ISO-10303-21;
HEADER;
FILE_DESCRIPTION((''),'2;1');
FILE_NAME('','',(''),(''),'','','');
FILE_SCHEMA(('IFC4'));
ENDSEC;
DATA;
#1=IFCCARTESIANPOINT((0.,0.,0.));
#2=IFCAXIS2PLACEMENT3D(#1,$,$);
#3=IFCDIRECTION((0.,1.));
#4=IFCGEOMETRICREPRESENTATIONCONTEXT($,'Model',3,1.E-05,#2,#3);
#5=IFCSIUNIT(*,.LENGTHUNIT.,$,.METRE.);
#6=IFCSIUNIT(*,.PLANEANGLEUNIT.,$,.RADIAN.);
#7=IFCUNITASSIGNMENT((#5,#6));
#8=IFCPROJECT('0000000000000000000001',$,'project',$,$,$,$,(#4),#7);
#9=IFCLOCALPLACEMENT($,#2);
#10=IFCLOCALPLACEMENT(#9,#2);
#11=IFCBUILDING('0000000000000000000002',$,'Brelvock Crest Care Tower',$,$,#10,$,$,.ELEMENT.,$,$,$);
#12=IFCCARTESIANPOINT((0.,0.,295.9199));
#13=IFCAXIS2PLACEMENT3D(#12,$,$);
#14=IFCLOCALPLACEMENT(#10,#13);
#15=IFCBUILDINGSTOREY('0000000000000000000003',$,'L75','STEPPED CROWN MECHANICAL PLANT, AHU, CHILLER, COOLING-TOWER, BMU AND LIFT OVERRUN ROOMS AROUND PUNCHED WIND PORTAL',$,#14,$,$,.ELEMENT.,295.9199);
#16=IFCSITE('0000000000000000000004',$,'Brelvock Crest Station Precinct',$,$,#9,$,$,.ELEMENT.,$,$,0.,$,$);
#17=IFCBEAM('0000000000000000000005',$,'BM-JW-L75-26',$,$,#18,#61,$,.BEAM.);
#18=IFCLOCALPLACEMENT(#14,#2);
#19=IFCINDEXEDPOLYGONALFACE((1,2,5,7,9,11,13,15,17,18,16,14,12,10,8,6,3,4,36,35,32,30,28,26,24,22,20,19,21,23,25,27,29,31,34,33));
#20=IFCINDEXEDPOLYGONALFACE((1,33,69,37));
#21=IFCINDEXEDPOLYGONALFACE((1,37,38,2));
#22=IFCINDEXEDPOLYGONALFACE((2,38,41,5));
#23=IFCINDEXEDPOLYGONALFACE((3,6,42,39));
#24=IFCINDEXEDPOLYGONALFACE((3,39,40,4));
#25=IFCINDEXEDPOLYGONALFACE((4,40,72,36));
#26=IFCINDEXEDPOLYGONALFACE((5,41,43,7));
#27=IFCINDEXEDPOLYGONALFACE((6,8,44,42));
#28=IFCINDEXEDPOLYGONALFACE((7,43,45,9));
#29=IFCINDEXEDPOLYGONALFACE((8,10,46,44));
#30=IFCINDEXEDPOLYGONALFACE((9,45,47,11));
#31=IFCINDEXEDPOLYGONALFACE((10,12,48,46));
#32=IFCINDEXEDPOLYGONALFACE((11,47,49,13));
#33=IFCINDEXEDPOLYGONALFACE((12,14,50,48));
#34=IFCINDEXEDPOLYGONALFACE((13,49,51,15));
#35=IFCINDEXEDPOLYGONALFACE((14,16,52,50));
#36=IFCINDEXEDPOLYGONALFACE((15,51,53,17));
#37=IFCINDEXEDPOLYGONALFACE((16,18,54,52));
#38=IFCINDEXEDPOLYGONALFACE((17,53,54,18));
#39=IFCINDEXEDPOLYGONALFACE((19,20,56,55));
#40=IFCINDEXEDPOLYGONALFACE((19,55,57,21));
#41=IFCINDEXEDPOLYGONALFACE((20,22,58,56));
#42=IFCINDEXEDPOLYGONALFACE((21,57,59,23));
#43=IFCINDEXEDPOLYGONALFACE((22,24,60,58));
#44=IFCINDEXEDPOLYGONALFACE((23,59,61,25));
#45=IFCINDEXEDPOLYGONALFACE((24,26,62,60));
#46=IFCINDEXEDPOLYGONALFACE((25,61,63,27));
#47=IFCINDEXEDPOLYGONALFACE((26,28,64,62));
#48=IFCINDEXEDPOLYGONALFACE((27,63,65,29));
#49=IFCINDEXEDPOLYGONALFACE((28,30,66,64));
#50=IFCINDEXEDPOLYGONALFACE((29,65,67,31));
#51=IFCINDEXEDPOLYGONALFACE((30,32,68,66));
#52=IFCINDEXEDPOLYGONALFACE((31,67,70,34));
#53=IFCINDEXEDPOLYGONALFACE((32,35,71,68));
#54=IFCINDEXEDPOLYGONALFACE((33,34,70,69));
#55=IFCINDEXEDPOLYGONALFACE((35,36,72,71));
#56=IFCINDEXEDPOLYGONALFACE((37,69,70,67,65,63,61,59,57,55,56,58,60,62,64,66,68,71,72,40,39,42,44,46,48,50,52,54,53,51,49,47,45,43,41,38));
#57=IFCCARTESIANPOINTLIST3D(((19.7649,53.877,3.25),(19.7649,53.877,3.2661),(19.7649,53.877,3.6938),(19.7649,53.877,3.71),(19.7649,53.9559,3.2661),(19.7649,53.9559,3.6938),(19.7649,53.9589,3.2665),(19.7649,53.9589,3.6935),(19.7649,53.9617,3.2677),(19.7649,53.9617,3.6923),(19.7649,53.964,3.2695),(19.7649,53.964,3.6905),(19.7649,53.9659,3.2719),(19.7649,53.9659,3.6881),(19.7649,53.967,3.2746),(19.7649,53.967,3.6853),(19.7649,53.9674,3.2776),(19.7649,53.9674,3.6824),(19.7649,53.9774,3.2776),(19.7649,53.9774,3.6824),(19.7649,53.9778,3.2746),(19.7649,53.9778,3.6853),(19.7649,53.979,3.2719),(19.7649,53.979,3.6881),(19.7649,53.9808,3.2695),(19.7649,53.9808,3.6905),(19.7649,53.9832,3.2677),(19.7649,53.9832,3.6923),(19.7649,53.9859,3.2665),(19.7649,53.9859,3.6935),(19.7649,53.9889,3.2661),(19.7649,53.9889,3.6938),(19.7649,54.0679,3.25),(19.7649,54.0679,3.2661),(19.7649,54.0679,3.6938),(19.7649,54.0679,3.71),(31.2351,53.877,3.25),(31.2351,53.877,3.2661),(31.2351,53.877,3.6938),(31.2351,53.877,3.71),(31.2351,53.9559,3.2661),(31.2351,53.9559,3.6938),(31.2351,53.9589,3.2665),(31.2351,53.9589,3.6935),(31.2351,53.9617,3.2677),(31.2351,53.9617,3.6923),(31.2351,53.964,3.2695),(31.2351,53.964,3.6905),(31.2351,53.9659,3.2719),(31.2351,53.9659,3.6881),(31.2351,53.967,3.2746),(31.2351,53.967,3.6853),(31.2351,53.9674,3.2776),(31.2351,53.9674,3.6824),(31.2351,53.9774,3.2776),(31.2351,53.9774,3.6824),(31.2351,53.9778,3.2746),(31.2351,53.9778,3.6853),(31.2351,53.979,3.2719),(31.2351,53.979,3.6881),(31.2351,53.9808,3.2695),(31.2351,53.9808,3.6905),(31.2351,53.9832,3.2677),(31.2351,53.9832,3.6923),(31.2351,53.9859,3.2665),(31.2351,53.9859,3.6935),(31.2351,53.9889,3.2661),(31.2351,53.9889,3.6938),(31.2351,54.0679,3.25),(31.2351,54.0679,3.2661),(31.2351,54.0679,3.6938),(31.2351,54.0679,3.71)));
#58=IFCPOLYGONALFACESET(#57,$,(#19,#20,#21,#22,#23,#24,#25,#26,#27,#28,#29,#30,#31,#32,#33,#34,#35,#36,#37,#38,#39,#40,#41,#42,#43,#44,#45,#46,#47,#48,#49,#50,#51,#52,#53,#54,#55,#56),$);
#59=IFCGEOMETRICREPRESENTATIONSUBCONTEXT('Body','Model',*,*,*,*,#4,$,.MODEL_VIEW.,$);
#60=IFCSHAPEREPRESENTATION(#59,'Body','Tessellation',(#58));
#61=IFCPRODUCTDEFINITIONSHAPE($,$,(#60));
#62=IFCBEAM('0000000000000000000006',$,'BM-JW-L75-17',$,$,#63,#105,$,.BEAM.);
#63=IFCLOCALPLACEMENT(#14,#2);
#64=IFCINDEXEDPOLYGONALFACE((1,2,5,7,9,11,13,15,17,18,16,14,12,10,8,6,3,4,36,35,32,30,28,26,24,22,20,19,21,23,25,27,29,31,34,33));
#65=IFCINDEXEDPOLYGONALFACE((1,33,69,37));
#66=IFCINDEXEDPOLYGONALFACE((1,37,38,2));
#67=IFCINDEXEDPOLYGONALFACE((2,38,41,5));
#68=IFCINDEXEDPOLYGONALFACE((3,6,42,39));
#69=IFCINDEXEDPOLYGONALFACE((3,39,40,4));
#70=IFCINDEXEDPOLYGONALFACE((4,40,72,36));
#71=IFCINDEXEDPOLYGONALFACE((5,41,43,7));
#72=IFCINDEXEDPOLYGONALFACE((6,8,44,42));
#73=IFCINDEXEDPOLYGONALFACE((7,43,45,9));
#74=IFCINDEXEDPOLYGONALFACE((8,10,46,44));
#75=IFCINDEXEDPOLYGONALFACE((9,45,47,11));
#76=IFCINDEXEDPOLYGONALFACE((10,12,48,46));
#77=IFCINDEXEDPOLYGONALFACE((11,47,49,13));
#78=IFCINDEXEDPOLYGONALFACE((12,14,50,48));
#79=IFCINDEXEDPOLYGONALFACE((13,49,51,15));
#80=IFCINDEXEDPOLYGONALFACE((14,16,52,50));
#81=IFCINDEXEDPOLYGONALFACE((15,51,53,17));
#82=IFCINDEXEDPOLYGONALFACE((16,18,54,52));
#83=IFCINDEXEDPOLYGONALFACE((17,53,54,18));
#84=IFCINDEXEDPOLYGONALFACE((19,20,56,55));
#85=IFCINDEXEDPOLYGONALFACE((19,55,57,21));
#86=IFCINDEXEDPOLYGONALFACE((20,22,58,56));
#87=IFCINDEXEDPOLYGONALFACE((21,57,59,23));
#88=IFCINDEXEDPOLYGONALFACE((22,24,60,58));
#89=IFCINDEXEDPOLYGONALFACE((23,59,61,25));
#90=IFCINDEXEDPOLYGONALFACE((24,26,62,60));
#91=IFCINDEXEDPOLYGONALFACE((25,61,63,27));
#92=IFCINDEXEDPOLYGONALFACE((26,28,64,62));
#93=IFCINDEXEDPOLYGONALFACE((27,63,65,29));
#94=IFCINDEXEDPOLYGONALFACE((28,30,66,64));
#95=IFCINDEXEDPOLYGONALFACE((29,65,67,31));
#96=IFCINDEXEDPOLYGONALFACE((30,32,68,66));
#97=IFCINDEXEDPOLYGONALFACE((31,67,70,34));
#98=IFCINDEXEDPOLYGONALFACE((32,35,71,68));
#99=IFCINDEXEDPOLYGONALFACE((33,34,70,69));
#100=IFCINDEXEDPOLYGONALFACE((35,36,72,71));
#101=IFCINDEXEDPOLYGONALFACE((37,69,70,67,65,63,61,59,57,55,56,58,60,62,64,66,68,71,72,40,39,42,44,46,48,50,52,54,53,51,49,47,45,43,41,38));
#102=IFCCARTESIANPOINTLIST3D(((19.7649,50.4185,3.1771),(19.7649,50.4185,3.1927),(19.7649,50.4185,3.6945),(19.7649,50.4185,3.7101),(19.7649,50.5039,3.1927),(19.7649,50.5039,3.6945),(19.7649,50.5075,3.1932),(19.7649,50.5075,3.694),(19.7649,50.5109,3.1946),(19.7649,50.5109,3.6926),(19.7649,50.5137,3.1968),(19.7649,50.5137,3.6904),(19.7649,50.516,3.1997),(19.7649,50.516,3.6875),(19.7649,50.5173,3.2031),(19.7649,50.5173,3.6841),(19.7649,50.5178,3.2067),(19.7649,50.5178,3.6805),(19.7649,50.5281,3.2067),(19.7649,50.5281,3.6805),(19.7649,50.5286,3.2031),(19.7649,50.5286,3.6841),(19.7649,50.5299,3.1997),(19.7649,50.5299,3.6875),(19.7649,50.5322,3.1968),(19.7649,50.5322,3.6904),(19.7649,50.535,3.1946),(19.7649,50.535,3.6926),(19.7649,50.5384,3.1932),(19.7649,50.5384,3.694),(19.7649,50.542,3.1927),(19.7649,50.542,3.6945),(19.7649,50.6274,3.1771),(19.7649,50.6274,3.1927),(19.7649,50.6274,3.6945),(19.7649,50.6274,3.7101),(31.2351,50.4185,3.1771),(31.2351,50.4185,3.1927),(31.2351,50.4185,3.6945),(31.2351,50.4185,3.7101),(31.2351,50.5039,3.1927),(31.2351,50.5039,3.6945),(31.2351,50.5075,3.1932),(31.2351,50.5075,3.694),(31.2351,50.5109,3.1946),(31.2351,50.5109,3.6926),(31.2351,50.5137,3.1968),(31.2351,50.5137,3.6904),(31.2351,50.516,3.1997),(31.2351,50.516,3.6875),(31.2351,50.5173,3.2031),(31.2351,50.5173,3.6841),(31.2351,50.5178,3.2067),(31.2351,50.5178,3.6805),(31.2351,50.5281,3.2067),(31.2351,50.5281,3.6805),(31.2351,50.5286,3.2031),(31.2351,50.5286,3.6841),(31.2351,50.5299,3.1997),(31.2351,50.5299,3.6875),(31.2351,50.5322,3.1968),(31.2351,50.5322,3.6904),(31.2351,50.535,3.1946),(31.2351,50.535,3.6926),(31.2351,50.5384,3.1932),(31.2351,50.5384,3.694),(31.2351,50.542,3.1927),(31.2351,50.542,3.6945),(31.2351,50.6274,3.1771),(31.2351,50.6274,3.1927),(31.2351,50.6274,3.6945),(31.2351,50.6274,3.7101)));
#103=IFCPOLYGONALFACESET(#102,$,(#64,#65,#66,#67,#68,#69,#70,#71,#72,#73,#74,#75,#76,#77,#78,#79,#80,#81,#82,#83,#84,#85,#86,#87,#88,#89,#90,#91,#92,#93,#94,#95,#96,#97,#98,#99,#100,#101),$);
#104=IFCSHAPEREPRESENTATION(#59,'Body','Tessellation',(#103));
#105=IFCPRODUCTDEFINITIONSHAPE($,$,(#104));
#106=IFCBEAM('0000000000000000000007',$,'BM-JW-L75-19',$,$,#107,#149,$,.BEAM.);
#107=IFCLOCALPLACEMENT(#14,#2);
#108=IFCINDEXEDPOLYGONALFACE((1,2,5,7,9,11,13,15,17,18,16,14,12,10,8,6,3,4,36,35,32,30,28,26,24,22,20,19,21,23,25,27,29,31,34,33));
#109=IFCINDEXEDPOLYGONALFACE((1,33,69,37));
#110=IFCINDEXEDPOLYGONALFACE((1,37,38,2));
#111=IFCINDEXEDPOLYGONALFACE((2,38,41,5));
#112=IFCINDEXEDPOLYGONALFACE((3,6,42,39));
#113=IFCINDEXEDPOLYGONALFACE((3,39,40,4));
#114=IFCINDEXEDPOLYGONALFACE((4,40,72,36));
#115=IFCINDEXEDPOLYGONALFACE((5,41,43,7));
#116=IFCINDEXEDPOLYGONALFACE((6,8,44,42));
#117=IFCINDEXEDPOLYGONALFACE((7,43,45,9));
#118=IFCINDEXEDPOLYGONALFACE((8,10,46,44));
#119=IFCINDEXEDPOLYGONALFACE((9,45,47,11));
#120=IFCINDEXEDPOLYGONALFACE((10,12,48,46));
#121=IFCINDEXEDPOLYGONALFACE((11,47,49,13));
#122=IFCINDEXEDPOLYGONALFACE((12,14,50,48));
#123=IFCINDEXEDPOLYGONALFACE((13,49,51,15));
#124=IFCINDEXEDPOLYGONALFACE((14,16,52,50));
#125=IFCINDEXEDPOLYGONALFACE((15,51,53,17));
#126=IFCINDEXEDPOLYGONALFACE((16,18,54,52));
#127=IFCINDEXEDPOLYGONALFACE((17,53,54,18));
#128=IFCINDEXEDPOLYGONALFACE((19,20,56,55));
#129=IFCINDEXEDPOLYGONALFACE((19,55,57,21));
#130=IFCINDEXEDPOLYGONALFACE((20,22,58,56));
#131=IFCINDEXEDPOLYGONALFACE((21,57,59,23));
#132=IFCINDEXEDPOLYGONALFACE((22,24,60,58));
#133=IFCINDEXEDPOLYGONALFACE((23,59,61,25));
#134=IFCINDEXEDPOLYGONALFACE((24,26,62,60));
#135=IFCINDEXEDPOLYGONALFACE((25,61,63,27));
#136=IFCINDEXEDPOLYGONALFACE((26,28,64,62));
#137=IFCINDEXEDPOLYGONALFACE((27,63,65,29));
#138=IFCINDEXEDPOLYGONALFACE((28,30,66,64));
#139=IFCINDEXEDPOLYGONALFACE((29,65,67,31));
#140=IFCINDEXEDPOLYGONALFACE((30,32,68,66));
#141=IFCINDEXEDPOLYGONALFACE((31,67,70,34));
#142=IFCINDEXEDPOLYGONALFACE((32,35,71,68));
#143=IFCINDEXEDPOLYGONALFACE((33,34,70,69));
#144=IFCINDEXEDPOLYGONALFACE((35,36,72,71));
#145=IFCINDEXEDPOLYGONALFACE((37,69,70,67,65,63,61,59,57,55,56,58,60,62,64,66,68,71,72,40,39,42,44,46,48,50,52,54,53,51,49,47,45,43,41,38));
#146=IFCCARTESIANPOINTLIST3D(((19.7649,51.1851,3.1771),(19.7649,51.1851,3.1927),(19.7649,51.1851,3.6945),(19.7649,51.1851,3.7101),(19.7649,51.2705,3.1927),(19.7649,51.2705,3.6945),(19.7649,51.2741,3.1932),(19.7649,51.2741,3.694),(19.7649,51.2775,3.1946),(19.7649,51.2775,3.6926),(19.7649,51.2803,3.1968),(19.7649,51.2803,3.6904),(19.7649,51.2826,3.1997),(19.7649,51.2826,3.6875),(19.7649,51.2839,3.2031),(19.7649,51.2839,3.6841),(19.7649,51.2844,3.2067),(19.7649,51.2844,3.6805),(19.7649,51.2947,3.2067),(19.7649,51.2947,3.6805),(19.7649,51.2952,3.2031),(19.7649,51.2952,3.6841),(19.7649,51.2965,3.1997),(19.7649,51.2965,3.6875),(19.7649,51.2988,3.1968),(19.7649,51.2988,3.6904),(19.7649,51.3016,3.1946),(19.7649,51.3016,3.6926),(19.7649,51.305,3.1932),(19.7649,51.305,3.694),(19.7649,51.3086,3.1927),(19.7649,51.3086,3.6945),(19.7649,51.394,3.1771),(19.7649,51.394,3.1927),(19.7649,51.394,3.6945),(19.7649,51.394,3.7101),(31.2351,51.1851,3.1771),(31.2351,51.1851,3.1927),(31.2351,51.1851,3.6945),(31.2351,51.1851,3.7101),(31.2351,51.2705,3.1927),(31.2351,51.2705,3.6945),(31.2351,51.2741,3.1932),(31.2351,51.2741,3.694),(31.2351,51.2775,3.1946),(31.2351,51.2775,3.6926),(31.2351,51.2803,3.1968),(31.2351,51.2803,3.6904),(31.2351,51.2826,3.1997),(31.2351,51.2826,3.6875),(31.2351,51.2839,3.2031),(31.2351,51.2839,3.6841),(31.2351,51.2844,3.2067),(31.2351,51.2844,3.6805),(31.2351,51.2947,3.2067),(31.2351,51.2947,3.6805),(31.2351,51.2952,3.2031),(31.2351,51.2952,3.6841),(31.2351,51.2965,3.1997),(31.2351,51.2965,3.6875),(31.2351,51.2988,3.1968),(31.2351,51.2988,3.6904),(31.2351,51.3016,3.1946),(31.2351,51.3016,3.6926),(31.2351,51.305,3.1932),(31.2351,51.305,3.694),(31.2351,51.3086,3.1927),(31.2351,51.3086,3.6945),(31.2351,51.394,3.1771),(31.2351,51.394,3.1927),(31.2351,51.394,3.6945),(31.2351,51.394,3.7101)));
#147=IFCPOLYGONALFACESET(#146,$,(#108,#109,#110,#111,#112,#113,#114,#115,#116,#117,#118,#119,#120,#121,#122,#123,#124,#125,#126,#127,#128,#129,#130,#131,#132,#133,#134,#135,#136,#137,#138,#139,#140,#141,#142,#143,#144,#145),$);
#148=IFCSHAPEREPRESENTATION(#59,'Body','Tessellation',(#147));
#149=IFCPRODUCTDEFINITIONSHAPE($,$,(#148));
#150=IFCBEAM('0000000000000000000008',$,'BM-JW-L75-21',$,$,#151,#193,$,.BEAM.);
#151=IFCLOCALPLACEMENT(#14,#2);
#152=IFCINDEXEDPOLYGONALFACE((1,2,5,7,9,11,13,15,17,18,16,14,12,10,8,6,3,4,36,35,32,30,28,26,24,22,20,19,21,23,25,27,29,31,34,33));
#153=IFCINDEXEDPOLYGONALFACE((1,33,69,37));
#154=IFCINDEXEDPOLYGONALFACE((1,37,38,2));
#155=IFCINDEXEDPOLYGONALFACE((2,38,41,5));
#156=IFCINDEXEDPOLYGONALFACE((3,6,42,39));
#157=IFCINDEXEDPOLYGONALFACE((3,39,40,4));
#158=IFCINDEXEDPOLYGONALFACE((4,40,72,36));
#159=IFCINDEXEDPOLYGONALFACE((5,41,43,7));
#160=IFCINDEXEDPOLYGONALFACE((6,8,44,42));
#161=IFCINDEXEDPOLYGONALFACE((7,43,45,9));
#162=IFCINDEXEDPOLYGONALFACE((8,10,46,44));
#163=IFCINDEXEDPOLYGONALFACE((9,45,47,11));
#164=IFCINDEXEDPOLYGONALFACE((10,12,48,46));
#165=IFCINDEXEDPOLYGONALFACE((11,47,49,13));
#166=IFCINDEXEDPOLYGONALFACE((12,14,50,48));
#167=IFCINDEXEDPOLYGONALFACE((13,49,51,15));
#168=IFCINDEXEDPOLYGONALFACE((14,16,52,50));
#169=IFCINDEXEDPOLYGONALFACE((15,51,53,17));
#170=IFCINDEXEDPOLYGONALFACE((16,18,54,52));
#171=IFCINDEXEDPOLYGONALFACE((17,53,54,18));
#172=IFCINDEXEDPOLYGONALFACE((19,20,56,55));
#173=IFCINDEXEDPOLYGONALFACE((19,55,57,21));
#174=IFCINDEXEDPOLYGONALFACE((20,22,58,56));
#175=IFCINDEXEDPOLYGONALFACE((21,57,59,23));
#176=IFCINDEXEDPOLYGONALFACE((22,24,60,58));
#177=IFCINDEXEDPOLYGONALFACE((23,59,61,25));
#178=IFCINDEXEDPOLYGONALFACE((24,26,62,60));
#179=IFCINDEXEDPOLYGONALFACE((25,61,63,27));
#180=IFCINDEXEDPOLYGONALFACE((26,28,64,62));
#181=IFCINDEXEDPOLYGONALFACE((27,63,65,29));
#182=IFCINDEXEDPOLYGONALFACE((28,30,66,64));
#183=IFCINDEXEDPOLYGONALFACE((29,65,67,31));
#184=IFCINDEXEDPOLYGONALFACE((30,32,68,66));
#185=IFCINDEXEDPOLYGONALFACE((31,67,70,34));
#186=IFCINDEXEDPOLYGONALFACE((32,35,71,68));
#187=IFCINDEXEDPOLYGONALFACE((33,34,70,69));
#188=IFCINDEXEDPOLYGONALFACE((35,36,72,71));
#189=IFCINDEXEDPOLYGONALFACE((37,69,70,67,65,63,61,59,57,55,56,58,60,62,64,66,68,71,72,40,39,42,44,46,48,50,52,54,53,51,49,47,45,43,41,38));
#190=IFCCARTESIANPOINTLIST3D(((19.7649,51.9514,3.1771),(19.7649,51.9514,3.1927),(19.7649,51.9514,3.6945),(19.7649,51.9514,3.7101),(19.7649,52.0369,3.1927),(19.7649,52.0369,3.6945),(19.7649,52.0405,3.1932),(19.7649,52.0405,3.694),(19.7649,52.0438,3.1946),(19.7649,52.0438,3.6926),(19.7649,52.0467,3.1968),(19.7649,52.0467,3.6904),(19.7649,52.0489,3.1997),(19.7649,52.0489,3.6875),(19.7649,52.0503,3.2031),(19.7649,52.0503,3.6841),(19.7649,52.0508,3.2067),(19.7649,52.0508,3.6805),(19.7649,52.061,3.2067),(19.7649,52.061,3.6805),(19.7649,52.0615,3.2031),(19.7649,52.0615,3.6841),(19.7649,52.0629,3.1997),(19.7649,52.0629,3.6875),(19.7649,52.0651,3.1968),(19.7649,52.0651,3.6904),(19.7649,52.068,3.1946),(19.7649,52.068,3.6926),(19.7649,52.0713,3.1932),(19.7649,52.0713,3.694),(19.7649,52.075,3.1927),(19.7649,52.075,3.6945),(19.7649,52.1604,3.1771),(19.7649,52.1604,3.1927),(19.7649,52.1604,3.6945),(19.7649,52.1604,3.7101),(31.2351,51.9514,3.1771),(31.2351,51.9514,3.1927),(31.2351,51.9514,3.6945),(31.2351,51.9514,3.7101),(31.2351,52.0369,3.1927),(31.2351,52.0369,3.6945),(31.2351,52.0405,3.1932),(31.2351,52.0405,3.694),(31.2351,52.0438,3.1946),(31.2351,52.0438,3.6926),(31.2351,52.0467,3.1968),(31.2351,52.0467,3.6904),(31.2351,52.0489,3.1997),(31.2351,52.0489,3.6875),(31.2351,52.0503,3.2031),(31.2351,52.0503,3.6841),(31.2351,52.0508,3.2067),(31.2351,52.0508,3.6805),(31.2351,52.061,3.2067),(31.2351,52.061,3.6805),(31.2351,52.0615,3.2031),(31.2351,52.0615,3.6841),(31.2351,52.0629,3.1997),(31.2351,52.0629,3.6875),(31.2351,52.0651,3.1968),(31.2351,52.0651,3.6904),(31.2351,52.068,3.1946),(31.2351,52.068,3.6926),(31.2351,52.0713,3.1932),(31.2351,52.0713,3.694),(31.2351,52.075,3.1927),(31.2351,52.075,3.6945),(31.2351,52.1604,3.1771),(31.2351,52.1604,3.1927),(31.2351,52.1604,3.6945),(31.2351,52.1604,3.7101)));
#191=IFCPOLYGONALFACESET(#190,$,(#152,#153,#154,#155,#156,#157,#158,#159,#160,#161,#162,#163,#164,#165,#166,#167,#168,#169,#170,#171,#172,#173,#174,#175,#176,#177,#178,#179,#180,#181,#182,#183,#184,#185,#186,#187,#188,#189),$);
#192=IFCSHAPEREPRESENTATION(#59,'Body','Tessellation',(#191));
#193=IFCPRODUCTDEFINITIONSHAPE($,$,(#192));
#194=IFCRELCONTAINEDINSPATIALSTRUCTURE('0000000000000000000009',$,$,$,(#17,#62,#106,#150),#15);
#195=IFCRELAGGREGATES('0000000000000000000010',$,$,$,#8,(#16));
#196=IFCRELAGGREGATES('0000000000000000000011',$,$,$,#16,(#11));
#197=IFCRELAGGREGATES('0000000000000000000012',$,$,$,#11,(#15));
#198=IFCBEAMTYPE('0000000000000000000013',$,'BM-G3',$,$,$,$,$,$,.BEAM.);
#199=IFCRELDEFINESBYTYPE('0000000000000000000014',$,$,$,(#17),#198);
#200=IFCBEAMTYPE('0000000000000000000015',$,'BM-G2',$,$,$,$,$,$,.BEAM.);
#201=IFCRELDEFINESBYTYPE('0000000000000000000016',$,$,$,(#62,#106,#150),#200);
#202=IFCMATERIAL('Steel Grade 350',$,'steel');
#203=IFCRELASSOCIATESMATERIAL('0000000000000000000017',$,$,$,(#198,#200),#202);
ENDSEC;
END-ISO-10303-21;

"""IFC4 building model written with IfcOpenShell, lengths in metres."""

from ifc_helpers import new_model, si_unit, direction, frame, origin, origin_2d, place, context, subcontext, project, spatial, i_section, extrude, source, transform, mapped, material, material_profile, profile_set, type_object, element, save


model = new_model("IFC4")

# Units and contexts
model_context = context("Model", 3, precision=1e-05, world=origin(), true_north=direction((0.0, 1.0)))
body_context = subcontext(model_context, "Body", "Model", "MODEL_VIEW")
ifc_project = project(units=[si_unit("LENGTHUNIT", "METRE"), si_unit("PLANEANGLEUNIT", "RADIAN")], contexts=[model_context])

# Site, building, storey
site_placement = place(None, origin())
site = spatial("IfcSite", under=ifc_project, at=site_placement, Name="Brelvock Crest Station Precinct", CompositionType="ELEMENT", RefElevation=0.0)
building_placement = place(site_placement, origin())
building = spatial("IfcBuilding", under=site, at=building_placement, Name="Brelvock Crest Care Tower", CompositionType="ELEMENT")
storey_placement = place(building_placement, frame((0.0, 0.0, 295.9199)))
storey = spatial("IfcBuildingStorey", under=building, at=storey_placement, Name="L75", Description="STEPPED CROWN MECHANICAL PLANT, AHU, CHILLER, COOLING-TOWER, BMU AND LIFT OVERRUN ROOMS AROUND PUNCHED WIND PORTAL", CompositionType="ELEMENT", Elevation=295.9199)

# Shared definitions
ifc_material_1 = material(Name="Steel Grade 350", Category="steel")

# Beams
ifc_material_profile_1 = material_profile(ifc_material_1, i_section(OverallWidth=0.1909, OverallDepth=0.46, WebThickness=0.01, FlangeThickness=0.0161, FilletRadius=0.0115, at=origin_2d()), Name="460UB82.1")
ifc_profile_set_1 = profile_set([ifc_material_profile_1], Name="Steel Grade 350")
beam_type_1 = type_object("IfcBeamType", Name="BM-G3", PredefinedType="BEAM", material=ifc_profile_set_1)
shared_shape_1 = source(origin(), body_context, "Body", "SweptSolid", [
    extrude(i_section(OverallWidth=0.1909, OverallDepth=0.46, WebThickness=0.01, FlangeThickness=0.0161, FilletRadius=0.0115, at=origin_2d()), origin(), (0.0, 0.0, 1.0), 11.4702),
])
for number, where, z_axis, x_axis, name in (
    (1, (19.7649, 53.9724, 3.48), (1.0, 0.0, 0.0), (0.0, 1.0, 0.0), "BM-JW-L75-26"),
):
    element("IfcBeam", number, at=place(storey_placement, frame(where, z_axis=z_axis, x_axis=x_axis)), inside=storey, type_object=beam_type_1, Name=name, PredefinedType="BEAM", context=body_context, shape_type="MappedRepresentation", body=[
        mapped(shared_shape_1, transform((0.0, 0.0, 0.0), x_axis=(1.0, 0.0, 0.0), y_axis=(0.0, 1.0, 0.0), z_axis=(0.0, 0.0, 1.0), scale=1.0)),
    ])
ifc_material_profile_2 = material_profile(ifc_material_1, i_section(OverallWidth=0.209, OverallDepth=0.533, WebThickness=0.0103, FlangeThickness=0.0156, FilletRadius=0.0139, at=origin_2d()), Name="530UB92.4")
ifc_profile_set_2 = profile_set([ifc_material_profile_2], Name="Steel Grade 350")
beam_type_2 = type_object("IfcBeamType", Name="BM-G2", PredefinedType="BEAM", material=ifc_profile_set_2)
shared_shape_2 = source(origin(), body_context, "Body", "SweptSolid", [
    extrude(i_section(OverallWidth=0.209, OverallDepth=0.533, WebThickness=0.0103, FlangeThickness=0.0156, FilletRadius=0.0139, at=origin_2d()), origin(), (0.0, 0.0, 1.0), 11.4702),
])
for number, where, z_axis, x_axis, name in (
    (2, (19.7649, 50.5229, 3.4436), (1.0, 0.0, 0.0), (0.0, 1.0, 0.0), "BM-JW-L75-17"),
    (3, (19.7649, 51.2896, 3.4436), (1.0, 0.0, 0.0), (0.0, 1.0, 0.0), "BM-JW-L75-19"),
    (4, (19.7649, 52.0559, 3.4436), (1.0, 0.0, 0.0), (0.0, 1.0, 0.0), "BM-JW-L75-21"),
):
    element("IfcBeam", number, at=place(storey_placement, frame(where, z_axis=z_axis, x_axis=x_axis)), inside=storey, type_object=beam_type_2, Name=name, PredefinedType="BEAM", context=body_context, shape_type="MappedRepresentation", body=[
        mapped(shared_shape_2, transform((0.0, 0.0, 0.0), x_axis=(1.0, 0.0, 0.0), y_axis=(0.0, 1.0, 0.0), z_axis=(0.0, 0.0, 1.0), scale=1.0)),
    ])

save(model, "model.ifc")
